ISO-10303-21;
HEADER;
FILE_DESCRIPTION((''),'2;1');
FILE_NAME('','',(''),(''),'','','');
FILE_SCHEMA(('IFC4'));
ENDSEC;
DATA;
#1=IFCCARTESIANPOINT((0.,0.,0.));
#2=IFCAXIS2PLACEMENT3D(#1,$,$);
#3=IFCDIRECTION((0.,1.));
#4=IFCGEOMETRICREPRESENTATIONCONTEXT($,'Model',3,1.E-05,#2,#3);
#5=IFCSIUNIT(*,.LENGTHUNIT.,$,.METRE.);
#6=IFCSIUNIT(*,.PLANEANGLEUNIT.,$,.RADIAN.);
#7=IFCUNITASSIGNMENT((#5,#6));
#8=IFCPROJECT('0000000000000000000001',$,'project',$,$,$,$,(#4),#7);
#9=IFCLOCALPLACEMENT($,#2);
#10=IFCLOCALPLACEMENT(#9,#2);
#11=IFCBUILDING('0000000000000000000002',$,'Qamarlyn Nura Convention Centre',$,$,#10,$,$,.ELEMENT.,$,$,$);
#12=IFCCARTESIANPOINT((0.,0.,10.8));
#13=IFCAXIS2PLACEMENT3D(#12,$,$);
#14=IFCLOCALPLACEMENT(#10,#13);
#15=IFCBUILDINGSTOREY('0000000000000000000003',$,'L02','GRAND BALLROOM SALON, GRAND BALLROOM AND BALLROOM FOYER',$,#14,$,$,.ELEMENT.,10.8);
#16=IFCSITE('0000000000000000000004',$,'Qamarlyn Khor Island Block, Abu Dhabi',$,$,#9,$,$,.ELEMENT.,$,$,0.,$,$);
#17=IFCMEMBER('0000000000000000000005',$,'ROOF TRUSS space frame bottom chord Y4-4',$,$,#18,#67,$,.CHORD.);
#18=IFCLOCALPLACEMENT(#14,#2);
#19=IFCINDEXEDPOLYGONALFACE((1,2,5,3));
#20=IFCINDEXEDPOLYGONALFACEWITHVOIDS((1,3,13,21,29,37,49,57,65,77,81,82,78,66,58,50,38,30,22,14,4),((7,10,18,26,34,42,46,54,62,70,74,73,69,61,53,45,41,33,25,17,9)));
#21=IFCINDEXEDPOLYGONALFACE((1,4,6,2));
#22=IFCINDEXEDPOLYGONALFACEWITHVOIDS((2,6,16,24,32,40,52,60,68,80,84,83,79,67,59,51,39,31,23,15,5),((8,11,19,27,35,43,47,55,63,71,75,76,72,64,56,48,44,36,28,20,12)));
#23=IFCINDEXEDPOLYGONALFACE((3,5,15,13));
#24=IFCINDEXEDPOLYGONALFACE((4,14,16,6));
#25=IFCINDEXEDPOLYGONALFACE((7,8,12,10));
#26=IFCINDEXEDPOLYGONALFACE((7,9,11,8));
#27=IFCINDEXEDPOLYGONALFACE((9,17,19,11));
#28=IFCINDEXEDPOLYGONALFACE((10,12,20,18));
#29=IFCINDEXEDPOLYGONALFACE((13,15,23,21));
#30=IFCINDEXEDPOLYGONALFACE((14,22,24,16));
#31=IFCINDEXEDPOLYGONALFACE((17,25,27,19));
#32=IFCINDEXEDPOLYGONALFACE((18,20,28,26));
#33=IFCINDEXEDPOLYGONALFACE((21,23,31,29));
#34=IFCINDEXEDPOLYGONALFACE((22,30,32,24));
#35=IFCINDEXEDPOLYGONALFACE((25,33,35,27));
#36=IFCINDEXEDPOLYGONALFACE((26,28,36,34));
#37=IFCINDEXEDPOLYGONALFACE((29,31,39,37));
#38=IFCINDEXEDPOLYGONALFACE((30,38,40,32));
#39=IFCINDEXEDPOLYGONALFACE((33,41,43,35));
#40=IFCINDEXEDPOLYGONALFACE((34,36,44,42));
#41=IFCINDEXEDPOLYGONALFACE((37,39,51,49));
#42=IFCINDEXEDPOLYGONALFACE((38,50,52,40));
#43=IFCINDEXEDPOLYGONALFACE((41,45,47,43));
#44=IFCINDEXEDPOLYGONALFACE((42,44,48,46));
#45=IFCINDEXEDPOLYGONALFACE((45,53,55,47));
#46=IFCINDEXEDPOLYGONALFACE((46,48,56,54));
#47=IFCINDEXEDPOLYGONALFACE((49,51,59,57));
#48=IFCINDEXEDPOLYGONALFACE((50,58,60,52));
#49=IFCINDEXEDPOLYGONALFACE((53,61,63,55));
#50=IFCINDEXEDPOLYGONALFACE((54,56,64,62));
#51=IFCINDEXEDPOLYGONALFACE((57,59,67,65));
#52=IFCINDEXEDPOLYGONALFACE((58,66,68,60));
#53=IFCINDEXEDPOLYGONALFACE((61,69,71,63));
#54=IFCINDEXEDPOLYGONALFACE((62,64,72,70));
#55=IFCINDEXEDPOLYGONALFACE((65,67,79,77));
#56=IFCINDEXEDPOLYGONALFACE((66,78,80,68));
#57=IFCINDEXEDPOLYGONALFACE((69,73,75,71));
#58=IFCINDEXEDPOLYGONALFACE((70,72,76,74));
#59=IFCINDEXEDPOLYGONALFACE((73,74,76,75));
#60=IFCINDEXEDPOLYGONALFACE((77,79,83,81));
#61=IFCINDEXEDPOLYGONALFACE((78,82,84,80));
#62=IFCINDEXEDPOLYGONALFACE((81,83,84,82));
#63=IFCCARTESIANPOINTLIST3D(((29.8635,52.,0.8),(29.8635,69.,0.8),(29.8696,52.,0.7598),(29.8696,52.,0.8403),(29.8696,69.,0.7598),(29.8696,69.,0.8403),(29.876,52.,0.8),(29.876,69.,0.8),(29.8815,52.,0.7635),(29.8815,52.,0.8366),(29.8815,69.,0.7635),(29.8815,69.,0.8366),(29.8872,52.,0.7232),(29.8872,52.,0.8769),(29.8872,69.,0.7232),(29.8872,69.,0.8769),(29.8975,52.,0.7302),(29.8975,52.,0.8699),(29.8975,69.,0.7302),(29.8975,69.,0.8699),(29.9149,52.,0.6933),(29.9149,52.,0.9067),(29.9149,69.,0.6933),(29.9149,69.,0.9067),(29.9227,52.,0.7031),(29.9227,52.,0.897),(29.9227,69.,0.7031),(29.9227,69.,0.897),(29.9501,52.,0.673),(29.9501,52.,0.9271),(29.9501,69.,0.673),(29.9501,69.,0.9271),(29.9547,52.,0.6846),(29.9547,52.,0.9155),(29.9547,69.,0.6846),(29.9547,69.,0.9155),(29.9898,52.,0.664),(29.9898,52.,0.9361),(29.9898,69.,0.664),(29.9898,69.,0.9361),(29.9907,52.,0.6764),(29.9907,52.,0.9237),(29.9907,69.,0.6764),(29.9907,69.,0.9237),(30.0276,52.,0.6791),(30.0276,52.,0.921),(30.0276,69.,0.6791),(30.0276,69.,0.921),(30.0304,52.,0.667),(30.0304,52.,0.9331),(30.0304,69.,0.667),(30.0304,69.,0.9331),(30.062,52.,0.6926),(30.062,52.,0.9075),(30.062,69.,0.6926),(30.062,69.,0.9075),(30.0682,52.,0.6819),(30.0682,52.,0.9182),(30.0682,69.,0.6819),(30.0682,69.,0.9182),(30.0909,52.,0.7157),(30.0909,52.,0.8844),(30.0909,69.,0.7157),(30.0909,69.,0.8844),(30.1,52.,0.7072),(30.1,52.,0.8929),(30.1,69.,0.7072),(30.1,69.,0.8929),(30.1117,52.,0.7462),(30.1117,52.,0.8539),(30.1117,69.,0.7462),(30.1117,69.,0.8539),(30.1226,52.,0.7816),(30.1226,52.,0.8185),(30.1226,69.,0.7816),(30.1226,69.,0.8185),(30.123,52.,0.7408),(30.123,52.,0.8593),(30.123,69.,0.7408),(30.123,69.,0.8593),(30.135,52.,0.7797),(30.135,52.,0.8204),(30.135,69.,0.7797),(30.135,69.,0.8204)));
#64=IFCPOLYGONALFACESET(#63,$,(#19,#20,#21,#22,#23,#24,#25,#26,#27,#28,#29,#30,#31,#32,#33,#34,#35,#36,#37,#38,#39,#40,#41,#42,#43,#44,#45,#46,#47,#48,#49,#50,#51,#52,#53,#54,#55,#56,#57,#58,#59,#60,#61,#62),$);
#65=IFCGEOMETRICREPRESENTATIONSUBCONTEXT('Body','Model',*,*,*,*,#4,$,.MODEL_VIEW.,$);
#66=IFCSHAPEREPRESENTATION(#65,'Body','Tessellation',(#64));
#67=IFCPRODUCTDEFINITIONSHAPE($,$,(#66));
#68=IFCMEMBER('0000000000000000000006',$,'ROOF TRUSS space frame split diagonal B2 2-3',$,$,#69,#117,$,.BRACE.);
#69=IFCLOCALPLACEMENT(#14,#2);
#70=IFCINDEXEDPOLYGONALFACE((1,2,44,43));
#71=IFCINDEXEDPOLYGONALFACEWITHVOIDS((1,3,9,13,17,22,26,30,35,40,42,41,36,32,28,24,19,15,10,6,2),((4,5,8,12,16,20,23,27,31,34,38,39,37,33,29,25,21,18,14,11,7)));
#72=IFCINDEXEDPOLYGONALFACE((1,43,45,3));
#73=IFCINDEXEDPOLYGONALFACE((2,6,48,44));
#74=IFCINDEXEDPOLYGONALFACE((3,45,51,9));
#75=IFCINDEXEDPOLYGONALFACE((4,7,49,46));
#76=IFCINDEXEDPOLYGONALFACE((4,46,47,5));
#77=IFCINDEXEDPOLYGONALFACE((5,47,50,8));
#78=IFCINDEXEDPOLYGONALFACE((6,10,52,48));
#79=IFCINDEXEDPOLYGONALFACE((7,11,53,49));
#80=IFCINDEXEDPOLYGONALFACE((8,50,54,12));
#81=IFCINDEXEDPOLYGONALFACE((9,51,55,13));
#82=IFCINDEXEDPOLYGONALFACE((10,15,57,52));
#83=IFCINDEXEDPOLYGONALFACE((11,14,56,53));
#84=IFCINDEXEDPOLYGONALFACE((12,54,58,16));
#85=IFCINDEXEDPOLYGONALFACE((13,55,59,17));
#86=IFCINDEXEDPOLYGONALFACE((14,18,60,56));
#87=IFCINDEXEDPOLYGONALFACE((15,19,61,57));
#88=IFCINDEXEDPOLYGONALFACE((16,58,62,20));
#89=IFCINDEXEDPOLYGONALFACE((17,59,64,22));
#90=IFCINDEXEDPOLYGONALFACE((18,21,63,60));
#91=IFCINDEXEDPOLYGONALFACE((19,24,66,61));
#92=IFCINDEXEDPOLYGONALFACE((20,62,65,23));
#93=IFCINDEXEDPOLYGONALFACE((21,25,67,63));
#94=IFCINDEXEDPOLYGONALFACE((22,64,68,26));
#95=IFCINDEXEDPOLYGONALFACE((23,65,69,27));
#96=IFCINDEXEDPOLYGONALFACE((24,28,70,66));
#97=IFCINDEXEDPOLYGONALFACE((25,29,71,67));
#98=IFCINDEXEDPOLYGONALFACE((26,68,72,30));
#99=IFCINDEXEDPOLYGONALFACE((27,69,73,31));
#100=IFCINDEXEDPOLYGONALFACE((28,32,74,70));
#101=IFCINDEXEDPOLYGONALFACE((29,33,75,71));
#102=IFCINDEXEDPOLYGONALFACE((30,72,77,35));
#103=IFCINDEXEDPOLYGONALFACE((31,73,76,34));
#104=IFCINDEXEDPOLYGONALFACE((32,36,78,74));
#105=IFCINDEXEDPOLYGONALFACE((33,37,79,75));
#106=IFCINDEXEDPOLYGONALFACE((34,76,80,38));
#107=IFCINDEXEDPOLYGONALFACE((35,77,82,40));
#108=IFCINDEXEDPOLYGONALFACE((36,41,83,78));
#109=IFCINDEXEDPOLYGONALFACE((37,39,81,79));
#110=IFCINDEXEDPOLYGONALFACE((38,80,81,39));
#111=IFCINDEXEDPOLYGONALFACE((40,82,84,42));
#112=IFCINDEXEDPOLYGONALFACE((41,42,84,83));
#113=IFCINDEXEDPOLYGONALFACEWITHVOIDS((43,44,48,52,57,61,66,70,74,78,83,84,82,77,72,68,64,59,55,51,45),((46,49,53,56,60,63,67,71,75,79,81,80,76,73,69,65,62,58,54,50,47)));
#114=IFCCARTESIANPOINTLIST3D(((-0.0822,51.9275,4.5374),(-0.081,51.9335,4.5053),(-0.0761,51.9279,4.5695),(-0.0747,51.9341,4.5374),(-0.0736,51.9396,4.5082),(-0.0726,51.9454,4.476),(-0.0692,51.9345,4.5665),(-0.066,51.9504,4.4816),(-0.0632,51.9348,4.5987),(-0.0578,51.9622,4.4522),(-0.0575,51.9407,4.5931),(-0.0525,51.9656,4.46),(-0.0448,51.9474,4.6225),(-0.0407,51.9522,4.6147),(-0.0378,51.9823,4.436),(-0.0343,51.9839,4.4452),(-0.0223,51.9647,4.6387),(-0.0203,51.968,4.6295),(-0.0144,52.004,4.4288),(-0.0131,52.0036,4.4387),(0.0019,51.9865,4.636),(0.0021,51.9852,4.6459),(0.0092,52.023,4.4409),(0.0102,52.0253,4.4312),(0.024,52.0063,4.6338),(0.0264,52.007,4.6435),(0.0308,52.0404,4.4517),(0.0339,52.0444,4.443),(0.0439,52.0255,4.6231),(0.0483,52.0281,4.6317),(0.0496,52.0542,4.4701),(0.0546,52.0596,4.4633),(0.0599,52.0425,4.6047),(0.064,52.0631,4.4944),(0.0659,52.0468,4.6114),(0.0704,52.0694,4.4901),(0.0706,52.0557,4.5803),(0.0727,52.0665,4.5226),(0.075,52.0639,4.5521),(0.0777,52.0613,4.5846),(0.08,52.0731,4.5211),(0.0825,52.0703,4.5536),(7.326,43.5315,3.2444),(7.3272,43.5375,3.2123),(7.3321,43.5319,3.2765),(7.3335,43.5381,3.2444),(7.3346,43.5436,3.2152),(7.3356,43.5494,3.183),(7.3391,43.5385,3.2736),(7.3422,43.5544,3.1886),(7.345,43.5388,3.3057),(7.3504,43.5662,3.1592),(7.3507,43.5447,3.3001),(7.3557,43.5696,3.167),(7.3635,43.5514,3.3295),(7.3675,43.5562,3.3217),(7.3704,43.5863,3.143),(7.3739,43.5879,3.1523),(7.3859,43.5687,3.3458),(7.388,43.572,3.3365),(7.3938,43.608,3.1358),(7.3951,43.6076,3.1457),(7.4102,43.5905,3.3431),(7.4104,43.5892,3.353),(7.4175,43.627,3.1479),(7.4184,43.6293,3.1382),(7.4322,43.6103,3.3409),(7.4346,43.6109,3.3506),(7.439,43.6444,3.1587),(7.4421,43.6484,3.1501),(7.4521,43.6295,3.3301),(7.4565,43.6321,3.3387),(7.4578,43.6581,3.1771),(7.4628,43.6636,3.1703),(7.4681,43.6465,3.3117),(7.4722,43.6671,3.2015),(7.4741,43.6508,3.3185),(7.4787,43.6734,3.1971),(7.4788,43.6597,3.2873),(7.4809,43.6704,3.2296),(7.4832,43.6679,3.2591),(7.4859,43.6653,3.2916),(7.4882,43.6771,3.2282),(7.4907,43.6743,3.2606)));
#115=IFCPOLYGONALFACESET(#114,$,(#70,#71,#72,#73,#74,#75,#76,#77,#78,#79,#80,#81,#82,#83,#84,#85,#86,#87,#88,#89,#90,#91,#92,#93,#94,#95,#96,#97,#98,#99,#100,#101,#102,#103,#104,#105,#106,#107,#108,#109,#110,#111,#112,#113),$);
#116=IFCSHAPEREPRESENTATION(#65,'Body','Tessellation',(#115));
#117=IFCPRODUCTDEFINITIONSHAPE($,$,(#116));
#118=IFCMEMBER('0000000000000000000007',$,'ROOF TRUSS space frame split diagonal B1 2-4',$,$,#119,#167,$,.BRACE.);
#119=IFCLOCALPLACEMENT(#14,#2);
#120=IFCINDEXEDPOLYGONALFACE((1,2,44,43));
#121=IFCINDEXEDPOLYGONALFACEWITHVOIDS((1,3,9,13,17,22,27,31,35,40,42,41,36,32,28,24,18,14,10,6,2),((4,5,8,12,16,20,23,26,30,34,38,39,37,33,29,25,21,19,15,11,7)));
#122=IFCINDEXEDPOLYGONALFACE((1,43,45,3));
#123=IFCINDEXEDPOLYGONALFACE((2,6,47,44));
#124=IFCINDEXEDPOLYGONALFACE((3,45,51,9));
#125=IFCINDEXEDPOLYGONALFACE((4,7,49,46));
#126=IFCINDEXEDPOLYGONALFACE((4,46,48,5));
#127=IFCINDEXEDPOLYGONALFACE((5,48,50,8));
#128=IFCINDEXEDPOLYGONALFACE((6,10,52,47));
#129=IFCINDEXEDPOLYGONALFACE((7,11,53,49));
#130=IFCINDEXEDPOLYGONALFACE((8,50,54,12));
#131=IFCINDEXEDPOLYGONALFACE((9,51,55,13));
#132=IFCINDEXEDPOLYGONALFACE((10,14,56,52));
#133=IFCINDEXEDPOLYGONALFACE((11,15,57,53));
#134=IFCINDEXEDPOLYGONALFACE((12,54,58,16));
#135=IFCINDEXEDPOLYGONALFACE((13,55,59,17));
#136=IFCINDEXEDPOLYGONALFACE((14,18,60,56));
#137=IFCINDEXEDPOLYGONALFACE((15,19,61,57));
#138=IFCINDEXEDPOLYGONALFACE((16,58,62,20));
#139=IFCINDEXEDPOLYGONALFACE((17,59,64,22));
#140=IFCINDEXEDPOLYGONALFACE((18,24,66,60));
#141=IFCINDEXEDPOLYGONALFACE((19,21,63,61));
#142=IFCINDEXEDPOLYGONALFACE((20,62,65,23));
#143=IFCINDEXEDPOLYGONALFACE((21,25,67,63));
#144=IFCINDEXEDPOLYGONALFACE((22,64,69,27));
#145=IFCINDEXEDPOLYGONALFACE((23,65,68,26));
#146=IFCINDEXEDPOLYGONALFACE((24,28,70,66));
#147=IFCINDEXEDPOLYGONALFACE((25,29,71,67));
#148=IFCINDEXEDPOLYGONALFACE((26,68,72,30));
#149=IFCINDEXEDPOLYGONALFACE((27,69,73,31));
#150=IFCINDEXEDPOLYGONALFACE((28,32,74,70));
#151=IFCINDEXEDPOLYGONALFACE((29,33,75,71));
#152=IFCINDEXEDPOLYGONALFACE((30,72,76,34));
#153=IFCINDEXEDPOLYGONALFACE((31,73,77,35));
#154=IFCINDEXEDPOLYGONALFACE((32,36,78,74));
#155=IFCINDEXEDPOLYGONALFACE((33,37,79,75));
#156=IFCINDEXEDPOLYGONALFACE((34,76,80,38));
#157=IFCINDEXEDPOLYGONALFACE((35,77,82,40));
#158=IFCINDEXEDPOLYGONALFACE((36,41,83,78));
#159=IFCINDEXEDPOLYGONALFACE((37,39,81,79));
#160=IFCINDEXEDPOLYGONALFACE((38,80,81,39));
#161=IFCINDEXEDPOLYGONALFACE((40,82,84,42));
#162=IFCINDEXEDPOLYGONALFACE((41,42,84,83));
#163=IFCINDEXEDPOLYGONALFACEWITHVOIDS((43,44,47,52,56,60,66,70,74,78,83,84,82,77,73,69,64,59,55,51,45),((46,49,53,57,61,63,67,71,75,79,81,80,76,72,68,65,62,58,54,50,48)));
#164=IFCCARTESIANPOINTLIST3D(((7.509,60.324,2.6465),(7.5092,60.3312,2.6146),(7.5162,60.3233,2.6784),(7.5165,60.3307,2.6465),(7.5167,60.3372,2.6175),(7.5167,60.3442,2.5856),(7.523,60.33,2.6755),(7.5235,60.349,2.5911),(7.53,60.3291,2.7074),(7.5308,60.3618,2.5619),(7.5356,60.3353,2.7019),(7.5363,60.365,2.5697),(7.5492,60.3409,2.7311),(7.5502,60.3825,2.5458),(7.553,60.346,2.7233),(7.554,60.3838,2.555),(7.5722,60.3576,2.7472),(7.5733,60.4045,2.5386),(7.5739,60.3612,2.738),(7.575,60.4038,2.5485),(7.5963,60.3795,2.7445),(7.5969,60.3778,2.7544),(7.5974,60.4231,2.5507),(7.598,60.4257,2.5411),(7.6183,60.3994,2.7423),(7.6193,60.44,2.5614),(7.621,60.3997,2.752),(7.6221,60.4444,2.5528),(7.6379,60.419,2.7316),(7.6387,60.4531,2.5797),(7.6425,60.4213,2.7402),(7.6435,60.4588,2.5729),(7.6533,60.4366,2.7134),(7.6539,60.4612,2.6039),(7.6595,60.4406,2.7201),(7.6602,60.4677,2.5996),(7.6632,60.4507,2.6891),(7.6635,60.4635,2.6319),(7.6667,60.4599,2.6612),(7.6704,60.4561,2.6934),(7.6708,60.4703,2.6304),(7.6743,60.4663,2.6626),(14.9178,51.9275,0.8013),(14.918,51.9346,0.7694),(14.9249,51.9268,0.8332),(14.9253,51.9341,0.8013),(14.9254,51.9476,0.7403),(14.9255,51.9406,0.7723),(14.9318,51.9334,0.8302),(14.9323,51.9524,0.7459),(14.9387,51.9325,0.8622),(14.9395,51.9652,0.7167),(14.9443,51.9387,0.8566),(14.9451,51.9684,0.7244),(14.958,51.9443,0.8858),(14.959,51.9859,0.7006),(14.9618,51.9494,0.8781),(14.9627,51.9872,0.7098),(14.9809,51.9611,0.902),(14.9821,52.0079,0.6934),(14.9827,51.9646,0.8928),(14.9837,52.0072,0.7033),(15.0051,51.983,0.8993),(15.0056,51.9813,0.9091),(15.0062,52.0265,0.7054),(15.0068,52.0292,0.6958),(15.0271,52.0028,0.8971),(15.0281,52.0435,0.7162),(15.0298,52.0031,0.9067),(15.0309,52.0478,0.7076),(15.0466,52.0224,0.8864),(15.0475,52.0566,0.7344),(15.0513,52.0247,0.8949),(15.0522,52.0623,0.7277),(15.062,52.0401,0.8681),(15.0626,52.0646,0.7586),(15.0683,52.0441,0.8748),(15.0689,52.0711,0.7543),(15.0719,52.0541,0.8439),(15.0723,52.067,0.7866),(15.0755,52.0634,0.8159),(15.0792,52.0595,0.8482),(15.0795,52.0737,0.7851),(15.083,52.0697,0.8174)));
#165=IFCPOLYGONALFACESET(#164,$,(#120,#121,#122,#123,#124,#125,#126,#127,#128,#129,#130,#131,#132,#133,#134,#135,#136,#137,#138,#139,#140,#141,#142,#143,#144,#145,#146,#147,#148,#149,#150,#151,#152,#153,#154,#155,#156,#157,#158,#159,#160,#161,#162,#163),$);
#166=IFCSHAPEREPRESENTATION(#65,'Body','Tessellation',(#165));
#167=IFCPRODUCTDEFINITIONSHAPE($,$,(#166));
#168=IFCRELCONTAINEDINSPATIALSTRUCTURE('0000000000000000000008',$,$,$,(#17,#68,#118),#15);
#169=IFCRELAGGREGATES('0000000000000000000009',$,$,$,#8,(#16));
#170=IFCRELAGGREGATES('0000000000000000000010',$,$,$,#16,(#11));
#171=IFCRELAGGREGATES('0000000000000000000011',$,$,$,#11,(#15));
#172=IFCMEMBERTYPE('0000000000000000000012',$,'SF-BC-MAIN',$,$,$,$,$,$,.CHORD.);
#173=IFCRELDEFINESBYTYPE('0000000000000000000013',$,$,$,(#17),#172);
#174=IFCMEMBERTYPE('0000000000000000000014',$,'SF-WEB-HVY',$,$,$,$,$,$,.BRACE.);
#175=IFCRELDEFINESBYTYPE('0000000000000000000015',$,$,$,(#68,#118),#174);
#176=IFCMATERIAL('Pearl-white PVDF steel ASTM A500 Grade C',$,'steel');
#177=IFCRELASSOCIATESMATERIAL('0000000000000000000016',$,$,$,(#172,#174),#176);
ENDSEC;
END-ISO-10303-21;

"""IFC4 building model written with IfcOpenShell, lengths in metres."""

from ifc_helpers import new_model, si_unit, direction, frame, origin, origin_2d, place, context, subcontext, project, spatial, hollow_circle, extrude, material, material_profile, profile_set, type_object, element, save


model = new_model("IFC4")

# Units and contexts
model_context = context("Model", 3, precision=1e-05, world=origin(), true_north=direction((0.0, 1.0)))
body_context = subcontext(model_context, "Body", "Model", "MODEL_VIEW")
ifc_project = project(units=[si_unit("LENGTHUNIT", "METRE"), si_unit("PLANEANGLEUNIT", "RADIAN")], contexts=[model_context])

# Site, building, storey
site_placement = place(None, origin())
site = spatial("IfcSite", under=ifc_project, at=site_placement, Name="Qamarlyn Khor Island Block, Abu Dhabi", CompositionType="ELEMENT", RefElevation=0.0)
building_placement = place(site_placement, origin())
building = spatial("IfcBuilding", under=site, at=building_placement, Name="Qamarlyn Nura Convention Centre", CompositionType="ELEMENT")
storey_placement = place(building_placement, frame((0.0, 0.0, 10.8)))
storey = spatial("IfcBuildingStorey", under=building, at=storey_placement, Name="L02", Description="GRAND BALLROOM SALON, GRAND BALLROOM AND BALLROOM FOYER", CompositionType="ELEMENT", Elevation=10.8)

# Members
ifc_material_1 = material(Name="Pearl-white PVDF steel ASTM A500 Grade C", Category="steel")
ifc_material_profile_1 = material_profile(ifc_material_1, hollow_circle(Radius=0.1365, WallThickness=0.0125, at=origin_2d()), Name="CHS273X12.5")
ifc_profile_set_1 = profile_set([ifc_material_profile_1], Name="Pearl-white PVDF steel ASTM A500 Grade C")
member_type_1 = type_object("IfcMemberType", Name="SF-BC-MAIN", PredefinedType="CHORD", material=ifc_profile_set_1)
for number, where, z_axis, x_axis, name in (
    (1, (30.0, 52.0, 0.8), (0.0, 1.0, 0.0), (-1.0, 0.0, 0.0), "ROOF TRUSS space frame bottom chord Y4-4"),
):
    element("IfcMember", number, at=place(storey_placement, frame(where, z_axis=z_axis, x_axis=x_axis)), inside=storey, type_object=member_type_1, Name=name, PredefinedType="CHORD", context=body_context, shape_type="SweptSolid", body=[
        extrude(hollow_circle(Radius=0.1365, WallThickness=0.0125, at=origin_2d()), origin(), (0.0, 0.0, 1.0), 17.0),
    ])
ifc_material_profile_2 = material_profile(ifc_material_1, hollow_circle(Radius=0.1096, WallThickness=0.01, at=origin_2d()), Name="CHS219.1X10")
ifc_profile_set_2 = profile_set([ifc_material_profile_2], Name="Pearl-white PVDF steel ASTM A500 Grade C")
member_type_2 = type_object("IfcMemberType", Name="SF-WEB-HVY", PredefinedType="BRACE", material=ifc_profile_set_2)
member_1_placement = place(storey_placement, frame((7.4082, 43.604, 3.2444), z_axis=(-0.657253, 0.744889, 0.114712), x_axis=(-0.749839, -0.66162, 0.0)))
element("IfcMember", 2, at=member_1_placement, inside=storey, type_object=member_type_2, Name="ROOF TRUSS space frame split diagonal B2 2-3", PredefinedType="BRACE", context=body_context, shape_type="SweptSolid", body=[
    extrude(hollow_circle(Radius=0.1096, WallThickness=0.01, at=origin_2d()), origin(), (0.0, 0.0, 1.0), 11.2715),
])
for number, where, z_axis, x_axis, name in (
    (3, (15.0, 52.0, 0.8013), (-0.652819, 0.739859, 0.162592), (-0.749837, -0.661623, 0.0), "ROOF TRUSS space frame split diagonal B1 2-4"),
):
    element("IfcMember", number, at=place(storey_placement, frame(where, z_axis=z_axis, x_axis=x_axis)), inside=storey, type_object=member_type_2, Name=name, PredefinedType="BRACE", context=body_context, shape_type="SweptSolid", body=[
        extrude(hollow_circle(Radius=0.1096, WallThickness=0.01, at=origin_2d()), origin(), (0.0, 0.0, 1.0), 11.3489),
    ])

save(model, "model.ifc")
